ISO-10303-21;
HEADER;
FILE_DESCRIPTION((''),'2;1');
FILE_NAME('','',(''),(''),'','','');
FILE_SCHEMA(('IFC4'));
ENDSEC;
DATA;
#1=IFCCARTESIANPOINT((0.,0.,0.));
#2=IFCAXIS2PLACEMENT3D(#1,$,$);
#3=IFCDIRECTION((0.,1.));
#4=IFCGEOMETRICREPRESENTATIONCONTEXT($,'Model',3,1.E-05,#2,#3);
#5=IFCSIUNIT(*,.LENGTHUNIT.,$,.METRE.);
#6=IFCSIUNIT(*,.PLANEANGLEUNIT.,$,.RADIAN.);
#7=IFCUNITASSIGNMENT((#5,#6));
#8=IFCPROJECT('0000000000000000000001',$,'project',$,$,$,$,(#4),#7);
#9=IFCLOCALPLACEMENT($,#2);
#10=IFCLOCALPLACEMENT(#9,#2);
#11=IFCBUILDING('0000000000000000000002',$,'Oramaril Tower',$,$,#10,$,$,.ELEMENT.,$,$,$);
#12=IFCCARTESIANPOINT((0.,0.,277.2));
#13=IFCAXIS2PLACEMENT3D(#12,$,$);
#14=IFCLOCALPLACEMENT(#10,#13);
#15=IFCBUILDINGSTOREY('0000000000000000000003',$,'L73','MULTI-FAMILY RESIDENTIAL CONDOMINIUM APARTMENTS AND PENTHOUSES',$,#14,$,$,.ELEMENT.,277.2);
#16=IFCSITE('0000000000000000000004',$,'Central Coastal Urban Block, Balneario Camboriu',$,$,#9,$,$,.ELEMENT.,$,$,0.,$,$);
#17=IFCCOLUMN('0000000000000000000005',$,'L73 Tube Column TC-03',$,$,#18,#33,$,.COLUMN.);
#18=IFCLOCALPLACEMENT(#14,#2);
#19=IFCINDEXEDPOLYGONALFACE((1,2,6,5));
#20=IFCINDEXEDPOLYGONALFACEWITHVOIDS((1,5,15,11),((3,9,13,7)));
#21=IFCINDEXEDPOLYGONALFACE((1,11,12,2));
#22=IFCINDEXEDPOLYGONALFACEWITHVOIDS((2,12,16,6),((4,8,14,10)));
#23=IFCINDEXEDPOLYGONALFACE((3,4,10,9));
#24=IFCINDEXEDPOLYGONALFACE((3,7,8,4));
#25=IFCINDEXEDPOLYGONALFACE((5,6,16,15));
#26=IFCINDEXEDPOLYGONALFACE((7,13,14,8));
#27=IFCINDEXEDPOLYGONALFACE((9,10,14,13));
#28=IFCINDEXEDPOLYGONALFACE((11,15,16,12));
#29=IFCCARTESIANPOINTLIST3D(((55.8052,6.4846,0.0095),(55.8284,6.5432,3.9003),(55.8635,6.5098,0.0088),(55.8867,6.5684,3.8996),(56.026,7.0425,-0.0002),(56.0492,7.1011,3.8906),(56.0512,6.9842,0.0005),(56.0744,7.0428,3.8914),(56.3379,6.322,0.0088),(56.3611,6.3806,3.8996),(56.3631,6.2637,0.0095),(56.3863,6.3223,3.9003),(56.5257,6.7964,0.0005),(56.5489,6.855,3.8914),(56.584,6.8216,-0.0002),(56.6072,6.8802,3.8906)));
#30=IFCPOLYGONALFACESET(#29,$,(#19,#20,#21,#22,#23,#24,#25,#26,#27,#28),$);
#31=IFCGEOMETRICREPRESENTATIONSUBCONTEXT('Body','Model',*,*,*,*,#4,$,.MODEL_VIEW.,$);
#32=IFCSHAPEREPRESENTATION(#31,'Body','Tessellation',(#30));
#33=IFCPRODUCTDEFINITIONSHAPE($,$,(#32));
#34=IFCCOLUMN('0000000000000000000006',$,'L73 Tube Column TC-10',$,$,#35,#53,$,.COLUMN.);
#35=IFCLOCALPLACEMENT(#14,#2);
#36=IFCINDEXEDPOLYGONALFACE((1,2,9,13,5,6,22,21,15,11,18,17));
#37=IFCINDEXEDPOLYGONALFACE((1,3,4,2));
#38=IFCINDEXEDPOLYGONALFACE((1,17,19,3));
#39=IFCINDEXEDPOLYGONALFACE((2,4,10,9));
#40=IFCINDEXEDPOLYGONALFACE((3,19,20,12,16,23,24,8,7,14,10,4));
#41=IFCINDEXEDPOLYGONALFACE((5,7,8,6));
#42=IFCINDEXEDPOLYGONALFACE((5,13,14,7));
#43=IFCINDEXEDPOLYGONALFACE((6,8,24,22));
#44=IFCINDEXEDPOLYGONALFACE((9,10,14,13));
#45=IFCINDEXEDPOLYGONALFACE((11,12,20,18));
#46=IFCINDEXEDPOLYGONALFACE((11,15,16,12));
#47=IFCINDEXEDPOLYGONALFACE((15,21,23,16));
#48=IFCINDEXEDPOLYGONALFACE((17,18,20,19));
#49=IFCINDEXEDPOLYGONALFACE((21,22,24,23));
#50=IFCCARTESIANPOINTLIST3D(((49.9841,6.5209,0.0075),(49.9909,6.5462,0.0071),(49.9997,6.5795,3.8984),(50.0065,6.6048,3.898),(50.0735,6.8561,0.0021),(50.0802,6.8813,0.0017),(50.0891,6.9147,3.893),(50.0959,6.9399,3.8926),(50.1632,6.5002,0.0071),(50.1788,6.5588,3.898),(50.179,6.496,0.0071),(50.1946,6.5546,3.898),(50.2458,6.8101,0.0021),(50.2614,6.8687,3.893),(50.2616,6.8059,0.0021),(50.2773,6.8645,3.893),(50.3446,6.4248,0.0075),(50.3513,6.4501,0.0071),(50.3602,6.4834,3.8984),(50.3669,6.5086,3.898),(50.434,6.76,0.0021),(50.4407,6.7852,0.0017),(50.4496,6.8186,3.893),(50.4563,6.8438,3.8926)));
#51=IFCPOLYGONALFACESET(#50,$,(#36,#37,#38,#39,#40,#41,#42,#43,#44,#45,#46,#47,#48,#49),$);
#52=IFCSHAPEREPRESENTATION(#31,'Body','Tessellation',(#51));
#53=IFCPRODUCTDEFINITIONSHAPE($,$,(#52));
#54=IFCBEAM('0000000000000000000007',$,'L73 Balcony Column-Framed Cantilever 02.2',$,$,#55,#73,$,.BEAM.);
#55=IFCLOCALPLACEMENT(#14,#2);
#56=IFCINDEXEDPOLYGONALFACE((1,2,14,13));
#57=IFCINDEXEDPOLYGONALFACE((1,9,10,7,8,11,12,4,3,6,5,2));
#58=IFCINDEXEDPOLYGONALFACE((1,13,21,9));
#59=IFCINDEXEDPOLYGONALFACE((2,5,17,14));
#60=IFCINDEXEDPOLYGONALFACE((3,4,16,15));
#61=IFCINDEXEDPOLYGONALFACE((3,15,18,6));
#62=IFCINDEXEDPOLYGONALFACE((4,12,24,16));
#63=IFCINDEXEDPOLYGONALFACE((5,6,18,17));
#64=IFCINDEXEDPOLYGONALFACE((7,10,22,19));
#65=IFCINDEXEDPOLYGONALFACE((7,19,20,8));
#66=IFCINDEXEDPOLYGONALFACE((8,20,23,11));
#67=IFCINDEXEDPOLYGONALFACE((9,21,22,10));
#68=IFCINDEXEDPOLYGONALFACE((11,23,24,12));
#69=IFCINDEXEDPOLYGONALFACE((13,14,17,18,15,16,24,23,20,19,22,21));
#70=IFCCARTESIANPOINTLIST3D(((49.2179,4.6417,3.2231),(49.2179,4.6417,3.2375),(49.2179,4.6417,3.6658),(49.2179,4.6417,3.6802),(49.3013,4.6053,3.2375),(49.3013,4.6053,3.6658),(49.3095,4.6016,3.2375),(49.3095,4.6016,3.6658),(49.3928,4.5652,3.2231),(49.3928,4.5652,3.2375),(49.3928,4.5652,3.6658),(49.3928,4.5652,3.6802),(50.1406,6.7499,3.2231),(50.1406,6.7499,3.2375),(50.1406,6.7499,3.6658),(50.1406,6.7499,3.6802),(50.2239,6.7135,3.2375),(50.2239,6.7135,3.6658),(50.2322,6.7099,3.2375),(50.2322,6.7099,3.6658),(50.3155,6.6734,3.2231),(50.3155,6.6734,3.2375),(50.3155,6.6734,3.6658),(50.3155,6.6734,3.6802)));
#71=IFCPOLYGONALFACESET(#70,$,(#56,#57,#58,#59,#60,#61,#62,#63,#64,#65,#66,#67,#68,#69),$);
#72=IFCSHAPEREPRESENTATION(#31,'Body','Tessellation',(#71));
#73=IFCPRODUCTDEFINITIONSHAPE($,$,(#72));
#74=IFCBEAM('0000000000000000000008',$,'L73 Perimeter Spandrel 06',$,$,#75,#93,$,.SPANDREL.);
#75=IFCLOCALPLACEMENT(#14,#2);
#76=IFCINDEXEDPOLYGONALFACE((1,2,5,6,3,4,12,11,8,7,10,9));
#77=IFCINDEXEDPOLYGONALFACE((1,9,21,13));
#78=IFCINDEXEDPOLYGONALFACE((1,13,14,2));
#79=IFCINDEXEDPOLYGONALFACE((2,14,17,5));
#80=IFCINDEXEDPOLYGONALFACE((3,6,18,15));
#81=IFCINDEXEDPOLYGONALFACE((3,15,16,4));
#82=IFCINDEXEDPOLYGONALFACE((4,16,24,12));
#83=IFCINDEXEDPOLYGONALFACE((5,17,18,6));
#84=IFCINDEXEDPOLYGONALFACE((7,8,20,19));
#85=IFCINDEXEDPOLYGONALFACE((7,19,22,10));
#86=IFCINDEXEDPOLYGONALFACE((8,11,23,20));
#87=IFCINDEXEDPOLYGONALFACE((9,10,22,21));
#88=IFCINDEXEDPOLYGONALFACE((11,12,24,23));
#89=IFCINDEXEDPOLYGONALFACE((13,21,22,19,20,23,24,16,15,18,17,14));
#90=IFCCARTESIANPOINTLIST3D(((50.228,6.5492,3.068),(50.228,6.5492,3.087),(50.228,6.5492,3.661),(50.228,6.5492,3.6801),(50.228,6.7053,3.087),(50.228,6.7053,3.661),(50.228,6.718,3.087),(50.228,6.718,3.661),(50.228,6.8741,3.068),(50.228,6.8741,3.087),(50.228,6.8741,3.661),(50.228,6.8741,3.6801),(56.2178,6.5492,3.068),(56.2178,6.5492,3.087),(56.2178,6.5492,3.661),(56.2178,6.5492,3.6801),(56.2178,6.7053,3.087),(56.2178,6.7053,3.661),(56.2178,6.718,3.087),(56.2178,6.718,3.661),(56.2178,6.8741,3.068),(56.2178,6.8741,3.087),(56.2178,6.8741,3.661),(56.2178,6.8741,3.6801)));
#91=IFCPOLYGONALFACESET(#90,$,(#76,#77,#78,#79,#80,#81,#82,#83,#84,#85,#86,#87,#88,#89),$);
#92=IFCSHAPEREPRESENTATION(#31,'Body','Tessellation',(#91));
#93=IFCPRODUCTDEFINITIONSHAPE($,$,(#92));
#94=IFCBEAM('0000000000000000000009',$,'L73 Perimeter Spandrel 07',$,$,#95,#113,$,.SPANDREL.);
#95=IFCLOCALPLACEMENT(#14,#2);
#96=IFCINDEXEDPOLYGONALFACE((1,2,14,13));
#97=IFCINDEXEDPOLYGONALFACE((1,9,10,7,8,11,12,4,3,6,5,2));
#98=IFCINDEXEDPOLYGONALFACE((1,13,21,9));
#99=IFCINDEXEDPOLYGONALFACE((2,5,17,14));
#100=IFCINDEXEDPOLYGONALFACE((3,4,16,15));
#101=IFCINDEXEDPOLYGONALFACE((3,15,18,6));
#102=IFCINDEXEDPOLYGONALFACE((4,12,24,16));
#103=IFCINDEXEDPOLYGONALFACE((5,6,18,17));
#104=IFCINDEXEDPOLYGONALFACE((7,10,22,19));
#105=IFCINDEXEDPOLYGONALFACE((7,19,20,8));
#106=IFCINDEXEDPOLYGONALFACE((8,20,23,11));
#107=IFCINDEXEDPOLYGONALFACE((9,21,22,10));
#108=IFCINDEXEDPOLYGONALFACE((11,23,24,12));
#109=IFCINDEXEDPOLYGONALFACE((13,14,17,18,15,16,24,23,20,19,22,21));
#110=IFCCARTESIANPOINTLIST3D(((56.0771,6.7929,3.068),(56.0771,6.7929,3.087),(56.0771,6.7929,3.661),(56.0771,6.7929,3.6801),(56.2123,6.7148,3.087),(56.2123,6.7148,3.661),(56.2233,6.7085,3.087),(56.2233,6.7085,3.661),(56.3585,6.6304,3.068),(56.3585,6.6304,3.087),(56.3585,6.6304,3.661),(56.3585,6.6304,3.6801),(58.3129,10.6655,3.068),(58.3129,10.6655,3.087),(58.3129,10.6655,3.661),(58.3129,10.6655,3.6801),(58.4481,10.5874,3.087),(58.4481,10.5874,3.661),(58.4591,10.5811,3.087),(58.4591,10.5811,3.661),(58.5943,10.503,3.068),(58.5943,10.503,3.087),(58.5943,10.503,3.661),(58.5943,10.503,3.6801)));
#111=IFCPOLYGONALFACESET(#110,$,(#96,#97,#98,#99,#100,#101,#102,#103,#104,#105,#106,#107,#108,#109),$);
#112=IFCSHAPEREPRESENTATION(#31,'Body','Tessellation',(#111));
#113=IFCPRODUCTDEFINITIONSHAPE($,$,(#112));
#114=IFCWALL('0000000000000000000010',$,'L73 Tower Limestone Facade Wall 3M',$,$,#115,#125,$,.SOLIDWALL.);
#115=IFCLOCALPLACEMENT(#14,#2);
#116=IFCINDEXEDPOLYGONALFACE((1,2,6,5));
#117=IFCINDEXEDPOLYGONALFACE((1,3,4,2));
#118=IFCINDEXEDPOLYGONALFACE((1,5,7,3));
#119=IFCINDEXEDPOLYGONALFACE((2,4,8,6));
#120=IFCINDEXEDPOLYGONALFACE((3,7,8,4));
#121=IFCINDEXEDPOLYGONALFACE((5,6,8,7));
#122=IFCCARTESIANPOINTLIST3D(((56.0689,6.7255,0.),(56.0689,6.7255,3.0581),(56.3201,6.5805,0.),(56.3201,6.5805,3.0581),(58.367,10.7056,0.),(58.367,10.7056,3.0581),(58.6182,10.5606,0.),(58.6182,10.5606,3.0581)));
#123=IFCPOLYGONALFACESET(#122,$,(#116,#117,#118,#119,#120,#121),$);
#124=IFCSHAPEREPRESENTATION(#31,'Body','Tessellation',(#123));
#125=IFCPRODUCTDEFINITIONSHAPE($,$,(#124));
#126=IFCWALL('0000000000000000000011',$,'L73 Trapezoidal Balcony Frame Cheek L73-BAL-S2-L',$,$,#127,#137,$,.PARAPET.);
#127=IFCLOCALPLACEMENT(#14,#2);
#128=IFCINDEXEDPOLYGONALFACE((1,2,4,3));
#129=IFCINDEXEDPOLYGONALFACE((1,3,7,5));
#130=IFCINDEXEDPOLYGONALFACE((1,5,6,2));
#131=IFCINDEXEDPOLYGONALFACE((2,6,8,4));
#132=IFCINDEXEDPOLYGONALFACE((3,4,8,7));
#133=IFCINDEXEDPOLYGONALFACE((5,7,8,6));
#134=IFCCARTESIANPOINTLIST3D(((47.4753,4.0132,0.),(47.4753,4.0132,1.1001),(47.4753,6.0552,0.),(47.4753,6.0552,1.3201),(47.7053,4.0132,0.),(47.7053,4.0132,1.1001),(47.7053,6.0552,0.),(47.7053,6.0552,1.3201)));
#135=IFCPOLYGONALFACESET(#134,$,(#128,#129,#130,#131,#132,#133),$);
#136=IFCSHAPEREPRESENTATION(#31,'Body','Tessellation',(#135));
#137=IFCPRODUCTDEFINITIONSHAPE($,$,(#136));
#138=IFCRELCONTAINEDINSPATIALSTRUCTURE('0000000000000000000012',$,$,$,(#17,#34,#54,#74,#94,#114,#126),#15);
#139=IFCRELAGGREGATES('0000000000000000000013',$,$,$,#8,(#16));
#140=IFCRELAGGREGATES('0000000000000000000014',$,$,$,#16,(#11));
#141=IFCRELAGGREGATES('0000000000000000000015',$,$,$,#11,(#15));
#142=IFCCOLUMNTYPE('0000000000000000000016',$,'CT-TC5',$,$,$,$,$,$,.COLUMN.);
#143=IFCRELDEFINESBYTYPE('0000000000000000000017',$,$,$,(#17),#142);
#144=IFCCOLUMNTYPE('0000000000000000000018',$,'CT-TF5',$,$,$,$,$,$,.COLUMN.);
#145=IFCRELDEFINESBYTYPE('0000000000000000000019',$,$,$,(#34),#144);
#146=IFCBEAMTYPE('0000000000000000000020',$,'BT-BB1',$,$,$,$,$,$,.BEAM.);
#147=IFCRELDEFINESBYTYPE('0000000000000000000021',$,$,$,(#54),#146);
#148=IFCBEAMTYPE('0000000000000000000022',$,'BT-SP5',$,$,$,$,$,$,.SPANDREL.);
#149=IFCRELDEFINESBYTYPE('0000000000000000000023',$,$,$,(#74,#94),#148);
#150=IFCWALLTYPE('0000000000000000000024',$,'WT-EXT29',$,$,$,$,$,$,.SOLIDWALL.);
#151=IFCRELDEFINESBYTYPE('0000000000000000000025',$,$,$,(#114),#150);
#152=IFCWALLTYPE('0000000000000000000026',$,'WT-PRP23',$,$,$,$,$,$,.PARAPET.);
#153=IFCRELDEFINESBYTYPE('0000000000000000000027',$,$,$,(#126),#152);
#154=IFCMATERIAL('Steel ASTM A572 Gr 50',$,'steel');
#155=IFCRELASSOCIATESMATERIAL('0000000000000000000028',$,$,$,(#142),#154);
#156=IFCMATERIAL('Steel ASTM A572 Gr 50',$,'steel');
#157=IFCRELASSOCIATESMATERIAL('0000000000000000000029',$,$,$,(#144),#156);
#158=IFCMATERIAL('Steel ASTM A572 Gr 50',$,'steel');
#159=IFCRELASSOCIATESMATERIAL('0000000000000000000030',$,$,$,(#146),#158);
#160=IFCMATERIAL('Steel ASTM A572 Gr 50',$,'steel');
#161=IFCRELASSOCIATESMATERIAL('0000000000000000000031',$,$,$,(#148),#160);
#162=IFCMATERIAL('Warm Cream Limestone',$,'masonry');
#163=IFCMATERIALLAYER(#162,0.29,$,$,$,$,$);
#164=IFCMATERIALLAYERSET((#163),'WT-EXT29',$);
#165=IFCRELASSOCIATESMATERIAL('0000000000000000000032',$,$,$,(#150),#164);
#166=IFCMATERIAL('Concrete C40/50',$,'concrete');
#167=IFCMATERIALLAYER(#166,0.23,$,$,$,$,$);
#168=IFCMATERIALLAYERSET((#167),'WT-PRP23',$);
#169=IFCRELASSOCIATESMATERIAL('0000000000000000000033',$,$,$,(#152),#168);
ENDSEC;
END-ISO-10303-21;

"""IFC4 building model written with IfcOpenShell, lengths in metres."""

from ifc_helpers import new_model, si_unit, direction, frame, frame_2d, origin, origin_2d, place, context, subcontext, project, spatial, polyline, rectangle, hollow_rectangle, i_section, outline, extrude, material, layer, layer_set, material_profile, profile_set, type_object, element, save


model = new_model("IFC4")

# Units and contexts
model_context = context("Model", 3, precision=1e-05, world=origin(), true_north=direction((0.0, 1.0)))
body_context = subcontext(model_context, "Body", "Model", "MODEL_VIEW")
ifc_project = project(units=[si_unit("LENGTHUNIT", "METRE"), si_unit("PLANEANGLEUNIT", "RADIAN")], contexts=[model_context])

# Site, building, storey
site_placement = place(None, origin())
site = spatial("IfcSite", under=ifc_project, at=site_placement, Name="Central Coastal Urban Block, Balneario Camboriu", CompositionType="ELEMENT", RefElevation=0.0)
building_placement = place(site_placement, origin())
building = spatial("IfcBuilding", under=site, at=building_placement, Name="Oramaril Tower", CompositionType="ELEMENT")
storey_placement = place(building_placement, frame((0.0, 0.0, 277.2)))
storey = spatial("IfcBuildingStorey", under=building, at=storey_placement, Name="L73", Description="MULTI-FAMILY RESIDENTIAL CONDOMINIUM APARTMENTS AND PENTHOUSES", CompositionType="ELEMENT", Elevation=277.2)

# Columns
ifc_material_1 = material(Name="Steel ASTM A572 Gr 50", Category="steel")
ifc_material_profile_1 = material_profile(ifc_material_1, hollow_rectangle(XDim=0.6001, YDim=0.6001, WallThickness=0.0449, at=origin_2d()), Name="BOX600X600X45")
ifc_profile_set_1 = profile_set([ifc_material_profile_1], Name="Steel ASTM A572 Gr 50")
column_type_1 = type_object("IfcColumnType", Name="CT-TC5", PredefinedType="COLUMN", material=ifc_profile_set_1)
column_1_placement = place(storey_placement, frame((56.1946, 6.6531, 0.0046), z_axis=(0.00596, 0.015057, 0.999869), x_axis=(-0.929807, 0.368048, 0.0)))
element("IfcColumn", 1, at=column_1_placement, inside=storey, type_object=column_type_1, Name="L73 Tube Column TC-03", PredefinedType="COLUMN", context=body_context, shape_type="SweptSolid", body=[
    extrude(hollow_rectangle(XDim=0.6001, YDim=0.6001, WallThickness=0.0449, at=origin_2d()), origin(), (0.0, 0.0, 1.0), 3.8914),
])
ifc_material_2 = material(Name="Steel ASTM A572 Gr 50", Category="steel")
ifc_material_profile_2 = material_profile(ifc_material_2, i_section(OverallWidth=0.373, OverallDepth=0.373, WebThickness=0.0164, FlangeThickness=0.0261, at=origin_2d()), Name="W14X132")
ifc_profile_set_2 = profile_set([ifc_material_profile_2], Name="Steel ASTM A572 Gr 50")
column_type_2 = type_object("IfcColumnType", Name="CT-TF5", PredefinedType="COLUMN", material=ifc_profile_set_2)
column_2_placement = place(storey_placement, frame((50.2124, 6.6531, 0.0046), z_axis=(0.004015, 0.015057, 0.999879), x_axis=(-0.966235, 0.257663, 0.0)))
element("IfcColumn", 2, at=column_2_placement, inside=storey, type_object=column_type_2, Name="L73 Tube Column TC-10", PredefinedType="COLUMN", context=body_context, shape_type="SweptSolid", body=[
    extrude(i_section(OverallWidth=0.373, OverallDepth=0.373, WebThickness=0.0164, FlangeThickness=0.0261, at=origin_2d()), origin(), (0.0, 0.0, 1.0), 3.8914),
])

# Beams
ifc_material_3 = material(Name="Steel ASTM A572 Gr 50", Category="steel")
ifc_material_profile_3 = material_profile(ifc_material_3, i_section(OverallWidth=0.1909, OverallDepth=0.457, WebThickness=0.009, FlangeThickness=0.0144, at=origin_2d()), Name="W18X50")
ifc_profile_set_3 = profile_set([ifc_material_profile_3], Name="Steel ASTM A572 Gr 50")
beam_type_1 = type_object("IfcBeamType", Name="BT-BB1", PredefinedType="BEAM", material=ifc_profile_set_3)
beam_1_placement = place(storey_placement, frame((50.228, 6.7117, 3.4517), z_axis=(-0.400925, -0.916111, 0.0), x_axis=(0.916111, -0.400925, 0.0)))
element("IfcBeam", 3, at=beam_1_placement, inside=storey, type_object=beam_type_1, Name="L73 Balcony Column-Framed Cantilever 02.2", PredefinedType="BEAM", context=body_context, shape_type="SweptSolid", body=[
    extrude(i_section(OverallWidth=0.1909, OverallDepth=0.457, WebThickness=0.009, FlangeThickness=0.0144, at=origin_2d()), origin(), (0.0, 0.0, 1.0), 2.3013),
])
ifc_material_4 = material(Name="Steel ASTM A572 Gr 50", Category="steel")
ifc_material_profile_4 = material_profile(ifc_material_4, i_section(OverallWidth=0.325, OverallDepth=0.6121, WebThickness=0.0127, FlangeThickness=0.019, at=origin_2d()), Name="W24X104")
ifc_profile_set_4 = profile_set([ifc_material_profile_4], Name="Steel ASTM A572 Gr 50")
beam_type_2 = type_object("IfcBeamType", Name="BT-SP5", PredefinedType="SPANDREL", material=ifc_profile_set_4)
beam_2_placement = place(storey_placement, frame((50.228, 6.7117, 3.374), z_axis=(1.0, 0.0, 0.0), x_axis=(0.0, 1.0, 0.0)))
element("IfcBeam", 4, at=beam_2_placement, inside=storey, type_object=beam_type_2, Name="L73 Perimeter Spandrel 06", PredefinedType="SPANDREL", context=body_context, shape_type="SweptSolid", body=[
    extrude(i_section(OverallWidth=0.325, OverallDepth=0.6121, WebThickness=0.0127, FlangeThickness=0.019, at=origin_2d()), origin(), (0.0, 0.0, 1.0), 5.9897),
])
beam_3_placement = place(storey_placement, frame((56.2178, 6.7117, 3.374), z_axis=(0.500003, 0.866024, 0.0), x_axis=(-0.866024, 0.500003, 0.0)))
element("IfcBeam", 5, at=beam_3_placement, inside=storey, type_object=beam_type_2, Name="L73 Perimeter Spandrel 07", PredefinedType="SPANDREL", context=body_context, shape_type="SweptSolid", body=[
    extrude(i_section(OverallWidth=0.325, OverallDepth=0.6121, WebThickness=0.0127, FlangeThickness=0.019, at=origin_2d()), origin(), (0.0, 0.0, 1.0), 4.4717),
])

# Walls
ifc_material_5 = material(Name="Warm Cream Limestone", Category="masonry")
ifc_layer_1 = layer(ifc_material_5, 0.29)
ifc_layer_set_1 = layer_set([ifc_layer_1], Name="WT-EXT29")
wall_type_1 = type_object("IfcWallType", Name="WT-EXT29", PredefinedType="SOLIDWALL", material=ifc_layer_set_1)
wall_1_placement = place(storey_placement, frame((56.1946, 6.6531, 0.0), z_axis=(0.0, 0.0, 1.0), x_axis=(0.500018, 0.866015, 0.0)))
element("IfcWall", 6, at=wall_1_placement, inside=storey, type_object=wall_type_1, Name="L73 Tower Limestone Facade Wall 3M", PredefinedType="SOLIDWALL", context=body_context, shape_type="SweptSolid", body=[
    extrude(rectangle(XDim=4.5959, YDim=0.29, at=frame_2d((2.2979, 0.0))), origin(), (0.0, 0.0, 1.0), 3.0581),
])
ifc_material_6 = material(Name="Concrete C40/50", Category="concrete")
ifc_layer_2 = layer(ifc_material_6, 0.23)
ifc_layer_set_2 = layer_set([ifc_layer_2], Name="WT-PRP23")
wall_type_2 = type_object("IfcWallType", Name="WT-PRP23", PredefinedType="PARAPET", material=ifc_layer_set_2)
wall_2_placement = place(storey_placement, frame((47.5903, 6.0552, 0.0), z_axis=(0.0, 0.0, 1.0), x_axis=(0.0, -1.0, 0.0)))
element("IfcWall", 7, at=wall_2_placement, inside=storey, type_object=wall_type_2, Name="L73 Trapezoidal Balcony Frame Cheek L73-BAL-S2-L", PredefinedType="PARAPET", context=body_context, shape_type="SweptSolid", body=[
    extrude(outline(polyline([(0.0, 0.0), (2.042, 0.0), (2.042, 1.1001), (0.0, 1.3201), (0.0, 0.0)])), frame((0.0, 0.115, 0.0), z_axis=(0.0, -1.0, 0.0), x_axis=(1.0, 0.0, 0.0)), (0.0, 0.0, 1.0), 0.23),
])

save(model, "model.ifc")
